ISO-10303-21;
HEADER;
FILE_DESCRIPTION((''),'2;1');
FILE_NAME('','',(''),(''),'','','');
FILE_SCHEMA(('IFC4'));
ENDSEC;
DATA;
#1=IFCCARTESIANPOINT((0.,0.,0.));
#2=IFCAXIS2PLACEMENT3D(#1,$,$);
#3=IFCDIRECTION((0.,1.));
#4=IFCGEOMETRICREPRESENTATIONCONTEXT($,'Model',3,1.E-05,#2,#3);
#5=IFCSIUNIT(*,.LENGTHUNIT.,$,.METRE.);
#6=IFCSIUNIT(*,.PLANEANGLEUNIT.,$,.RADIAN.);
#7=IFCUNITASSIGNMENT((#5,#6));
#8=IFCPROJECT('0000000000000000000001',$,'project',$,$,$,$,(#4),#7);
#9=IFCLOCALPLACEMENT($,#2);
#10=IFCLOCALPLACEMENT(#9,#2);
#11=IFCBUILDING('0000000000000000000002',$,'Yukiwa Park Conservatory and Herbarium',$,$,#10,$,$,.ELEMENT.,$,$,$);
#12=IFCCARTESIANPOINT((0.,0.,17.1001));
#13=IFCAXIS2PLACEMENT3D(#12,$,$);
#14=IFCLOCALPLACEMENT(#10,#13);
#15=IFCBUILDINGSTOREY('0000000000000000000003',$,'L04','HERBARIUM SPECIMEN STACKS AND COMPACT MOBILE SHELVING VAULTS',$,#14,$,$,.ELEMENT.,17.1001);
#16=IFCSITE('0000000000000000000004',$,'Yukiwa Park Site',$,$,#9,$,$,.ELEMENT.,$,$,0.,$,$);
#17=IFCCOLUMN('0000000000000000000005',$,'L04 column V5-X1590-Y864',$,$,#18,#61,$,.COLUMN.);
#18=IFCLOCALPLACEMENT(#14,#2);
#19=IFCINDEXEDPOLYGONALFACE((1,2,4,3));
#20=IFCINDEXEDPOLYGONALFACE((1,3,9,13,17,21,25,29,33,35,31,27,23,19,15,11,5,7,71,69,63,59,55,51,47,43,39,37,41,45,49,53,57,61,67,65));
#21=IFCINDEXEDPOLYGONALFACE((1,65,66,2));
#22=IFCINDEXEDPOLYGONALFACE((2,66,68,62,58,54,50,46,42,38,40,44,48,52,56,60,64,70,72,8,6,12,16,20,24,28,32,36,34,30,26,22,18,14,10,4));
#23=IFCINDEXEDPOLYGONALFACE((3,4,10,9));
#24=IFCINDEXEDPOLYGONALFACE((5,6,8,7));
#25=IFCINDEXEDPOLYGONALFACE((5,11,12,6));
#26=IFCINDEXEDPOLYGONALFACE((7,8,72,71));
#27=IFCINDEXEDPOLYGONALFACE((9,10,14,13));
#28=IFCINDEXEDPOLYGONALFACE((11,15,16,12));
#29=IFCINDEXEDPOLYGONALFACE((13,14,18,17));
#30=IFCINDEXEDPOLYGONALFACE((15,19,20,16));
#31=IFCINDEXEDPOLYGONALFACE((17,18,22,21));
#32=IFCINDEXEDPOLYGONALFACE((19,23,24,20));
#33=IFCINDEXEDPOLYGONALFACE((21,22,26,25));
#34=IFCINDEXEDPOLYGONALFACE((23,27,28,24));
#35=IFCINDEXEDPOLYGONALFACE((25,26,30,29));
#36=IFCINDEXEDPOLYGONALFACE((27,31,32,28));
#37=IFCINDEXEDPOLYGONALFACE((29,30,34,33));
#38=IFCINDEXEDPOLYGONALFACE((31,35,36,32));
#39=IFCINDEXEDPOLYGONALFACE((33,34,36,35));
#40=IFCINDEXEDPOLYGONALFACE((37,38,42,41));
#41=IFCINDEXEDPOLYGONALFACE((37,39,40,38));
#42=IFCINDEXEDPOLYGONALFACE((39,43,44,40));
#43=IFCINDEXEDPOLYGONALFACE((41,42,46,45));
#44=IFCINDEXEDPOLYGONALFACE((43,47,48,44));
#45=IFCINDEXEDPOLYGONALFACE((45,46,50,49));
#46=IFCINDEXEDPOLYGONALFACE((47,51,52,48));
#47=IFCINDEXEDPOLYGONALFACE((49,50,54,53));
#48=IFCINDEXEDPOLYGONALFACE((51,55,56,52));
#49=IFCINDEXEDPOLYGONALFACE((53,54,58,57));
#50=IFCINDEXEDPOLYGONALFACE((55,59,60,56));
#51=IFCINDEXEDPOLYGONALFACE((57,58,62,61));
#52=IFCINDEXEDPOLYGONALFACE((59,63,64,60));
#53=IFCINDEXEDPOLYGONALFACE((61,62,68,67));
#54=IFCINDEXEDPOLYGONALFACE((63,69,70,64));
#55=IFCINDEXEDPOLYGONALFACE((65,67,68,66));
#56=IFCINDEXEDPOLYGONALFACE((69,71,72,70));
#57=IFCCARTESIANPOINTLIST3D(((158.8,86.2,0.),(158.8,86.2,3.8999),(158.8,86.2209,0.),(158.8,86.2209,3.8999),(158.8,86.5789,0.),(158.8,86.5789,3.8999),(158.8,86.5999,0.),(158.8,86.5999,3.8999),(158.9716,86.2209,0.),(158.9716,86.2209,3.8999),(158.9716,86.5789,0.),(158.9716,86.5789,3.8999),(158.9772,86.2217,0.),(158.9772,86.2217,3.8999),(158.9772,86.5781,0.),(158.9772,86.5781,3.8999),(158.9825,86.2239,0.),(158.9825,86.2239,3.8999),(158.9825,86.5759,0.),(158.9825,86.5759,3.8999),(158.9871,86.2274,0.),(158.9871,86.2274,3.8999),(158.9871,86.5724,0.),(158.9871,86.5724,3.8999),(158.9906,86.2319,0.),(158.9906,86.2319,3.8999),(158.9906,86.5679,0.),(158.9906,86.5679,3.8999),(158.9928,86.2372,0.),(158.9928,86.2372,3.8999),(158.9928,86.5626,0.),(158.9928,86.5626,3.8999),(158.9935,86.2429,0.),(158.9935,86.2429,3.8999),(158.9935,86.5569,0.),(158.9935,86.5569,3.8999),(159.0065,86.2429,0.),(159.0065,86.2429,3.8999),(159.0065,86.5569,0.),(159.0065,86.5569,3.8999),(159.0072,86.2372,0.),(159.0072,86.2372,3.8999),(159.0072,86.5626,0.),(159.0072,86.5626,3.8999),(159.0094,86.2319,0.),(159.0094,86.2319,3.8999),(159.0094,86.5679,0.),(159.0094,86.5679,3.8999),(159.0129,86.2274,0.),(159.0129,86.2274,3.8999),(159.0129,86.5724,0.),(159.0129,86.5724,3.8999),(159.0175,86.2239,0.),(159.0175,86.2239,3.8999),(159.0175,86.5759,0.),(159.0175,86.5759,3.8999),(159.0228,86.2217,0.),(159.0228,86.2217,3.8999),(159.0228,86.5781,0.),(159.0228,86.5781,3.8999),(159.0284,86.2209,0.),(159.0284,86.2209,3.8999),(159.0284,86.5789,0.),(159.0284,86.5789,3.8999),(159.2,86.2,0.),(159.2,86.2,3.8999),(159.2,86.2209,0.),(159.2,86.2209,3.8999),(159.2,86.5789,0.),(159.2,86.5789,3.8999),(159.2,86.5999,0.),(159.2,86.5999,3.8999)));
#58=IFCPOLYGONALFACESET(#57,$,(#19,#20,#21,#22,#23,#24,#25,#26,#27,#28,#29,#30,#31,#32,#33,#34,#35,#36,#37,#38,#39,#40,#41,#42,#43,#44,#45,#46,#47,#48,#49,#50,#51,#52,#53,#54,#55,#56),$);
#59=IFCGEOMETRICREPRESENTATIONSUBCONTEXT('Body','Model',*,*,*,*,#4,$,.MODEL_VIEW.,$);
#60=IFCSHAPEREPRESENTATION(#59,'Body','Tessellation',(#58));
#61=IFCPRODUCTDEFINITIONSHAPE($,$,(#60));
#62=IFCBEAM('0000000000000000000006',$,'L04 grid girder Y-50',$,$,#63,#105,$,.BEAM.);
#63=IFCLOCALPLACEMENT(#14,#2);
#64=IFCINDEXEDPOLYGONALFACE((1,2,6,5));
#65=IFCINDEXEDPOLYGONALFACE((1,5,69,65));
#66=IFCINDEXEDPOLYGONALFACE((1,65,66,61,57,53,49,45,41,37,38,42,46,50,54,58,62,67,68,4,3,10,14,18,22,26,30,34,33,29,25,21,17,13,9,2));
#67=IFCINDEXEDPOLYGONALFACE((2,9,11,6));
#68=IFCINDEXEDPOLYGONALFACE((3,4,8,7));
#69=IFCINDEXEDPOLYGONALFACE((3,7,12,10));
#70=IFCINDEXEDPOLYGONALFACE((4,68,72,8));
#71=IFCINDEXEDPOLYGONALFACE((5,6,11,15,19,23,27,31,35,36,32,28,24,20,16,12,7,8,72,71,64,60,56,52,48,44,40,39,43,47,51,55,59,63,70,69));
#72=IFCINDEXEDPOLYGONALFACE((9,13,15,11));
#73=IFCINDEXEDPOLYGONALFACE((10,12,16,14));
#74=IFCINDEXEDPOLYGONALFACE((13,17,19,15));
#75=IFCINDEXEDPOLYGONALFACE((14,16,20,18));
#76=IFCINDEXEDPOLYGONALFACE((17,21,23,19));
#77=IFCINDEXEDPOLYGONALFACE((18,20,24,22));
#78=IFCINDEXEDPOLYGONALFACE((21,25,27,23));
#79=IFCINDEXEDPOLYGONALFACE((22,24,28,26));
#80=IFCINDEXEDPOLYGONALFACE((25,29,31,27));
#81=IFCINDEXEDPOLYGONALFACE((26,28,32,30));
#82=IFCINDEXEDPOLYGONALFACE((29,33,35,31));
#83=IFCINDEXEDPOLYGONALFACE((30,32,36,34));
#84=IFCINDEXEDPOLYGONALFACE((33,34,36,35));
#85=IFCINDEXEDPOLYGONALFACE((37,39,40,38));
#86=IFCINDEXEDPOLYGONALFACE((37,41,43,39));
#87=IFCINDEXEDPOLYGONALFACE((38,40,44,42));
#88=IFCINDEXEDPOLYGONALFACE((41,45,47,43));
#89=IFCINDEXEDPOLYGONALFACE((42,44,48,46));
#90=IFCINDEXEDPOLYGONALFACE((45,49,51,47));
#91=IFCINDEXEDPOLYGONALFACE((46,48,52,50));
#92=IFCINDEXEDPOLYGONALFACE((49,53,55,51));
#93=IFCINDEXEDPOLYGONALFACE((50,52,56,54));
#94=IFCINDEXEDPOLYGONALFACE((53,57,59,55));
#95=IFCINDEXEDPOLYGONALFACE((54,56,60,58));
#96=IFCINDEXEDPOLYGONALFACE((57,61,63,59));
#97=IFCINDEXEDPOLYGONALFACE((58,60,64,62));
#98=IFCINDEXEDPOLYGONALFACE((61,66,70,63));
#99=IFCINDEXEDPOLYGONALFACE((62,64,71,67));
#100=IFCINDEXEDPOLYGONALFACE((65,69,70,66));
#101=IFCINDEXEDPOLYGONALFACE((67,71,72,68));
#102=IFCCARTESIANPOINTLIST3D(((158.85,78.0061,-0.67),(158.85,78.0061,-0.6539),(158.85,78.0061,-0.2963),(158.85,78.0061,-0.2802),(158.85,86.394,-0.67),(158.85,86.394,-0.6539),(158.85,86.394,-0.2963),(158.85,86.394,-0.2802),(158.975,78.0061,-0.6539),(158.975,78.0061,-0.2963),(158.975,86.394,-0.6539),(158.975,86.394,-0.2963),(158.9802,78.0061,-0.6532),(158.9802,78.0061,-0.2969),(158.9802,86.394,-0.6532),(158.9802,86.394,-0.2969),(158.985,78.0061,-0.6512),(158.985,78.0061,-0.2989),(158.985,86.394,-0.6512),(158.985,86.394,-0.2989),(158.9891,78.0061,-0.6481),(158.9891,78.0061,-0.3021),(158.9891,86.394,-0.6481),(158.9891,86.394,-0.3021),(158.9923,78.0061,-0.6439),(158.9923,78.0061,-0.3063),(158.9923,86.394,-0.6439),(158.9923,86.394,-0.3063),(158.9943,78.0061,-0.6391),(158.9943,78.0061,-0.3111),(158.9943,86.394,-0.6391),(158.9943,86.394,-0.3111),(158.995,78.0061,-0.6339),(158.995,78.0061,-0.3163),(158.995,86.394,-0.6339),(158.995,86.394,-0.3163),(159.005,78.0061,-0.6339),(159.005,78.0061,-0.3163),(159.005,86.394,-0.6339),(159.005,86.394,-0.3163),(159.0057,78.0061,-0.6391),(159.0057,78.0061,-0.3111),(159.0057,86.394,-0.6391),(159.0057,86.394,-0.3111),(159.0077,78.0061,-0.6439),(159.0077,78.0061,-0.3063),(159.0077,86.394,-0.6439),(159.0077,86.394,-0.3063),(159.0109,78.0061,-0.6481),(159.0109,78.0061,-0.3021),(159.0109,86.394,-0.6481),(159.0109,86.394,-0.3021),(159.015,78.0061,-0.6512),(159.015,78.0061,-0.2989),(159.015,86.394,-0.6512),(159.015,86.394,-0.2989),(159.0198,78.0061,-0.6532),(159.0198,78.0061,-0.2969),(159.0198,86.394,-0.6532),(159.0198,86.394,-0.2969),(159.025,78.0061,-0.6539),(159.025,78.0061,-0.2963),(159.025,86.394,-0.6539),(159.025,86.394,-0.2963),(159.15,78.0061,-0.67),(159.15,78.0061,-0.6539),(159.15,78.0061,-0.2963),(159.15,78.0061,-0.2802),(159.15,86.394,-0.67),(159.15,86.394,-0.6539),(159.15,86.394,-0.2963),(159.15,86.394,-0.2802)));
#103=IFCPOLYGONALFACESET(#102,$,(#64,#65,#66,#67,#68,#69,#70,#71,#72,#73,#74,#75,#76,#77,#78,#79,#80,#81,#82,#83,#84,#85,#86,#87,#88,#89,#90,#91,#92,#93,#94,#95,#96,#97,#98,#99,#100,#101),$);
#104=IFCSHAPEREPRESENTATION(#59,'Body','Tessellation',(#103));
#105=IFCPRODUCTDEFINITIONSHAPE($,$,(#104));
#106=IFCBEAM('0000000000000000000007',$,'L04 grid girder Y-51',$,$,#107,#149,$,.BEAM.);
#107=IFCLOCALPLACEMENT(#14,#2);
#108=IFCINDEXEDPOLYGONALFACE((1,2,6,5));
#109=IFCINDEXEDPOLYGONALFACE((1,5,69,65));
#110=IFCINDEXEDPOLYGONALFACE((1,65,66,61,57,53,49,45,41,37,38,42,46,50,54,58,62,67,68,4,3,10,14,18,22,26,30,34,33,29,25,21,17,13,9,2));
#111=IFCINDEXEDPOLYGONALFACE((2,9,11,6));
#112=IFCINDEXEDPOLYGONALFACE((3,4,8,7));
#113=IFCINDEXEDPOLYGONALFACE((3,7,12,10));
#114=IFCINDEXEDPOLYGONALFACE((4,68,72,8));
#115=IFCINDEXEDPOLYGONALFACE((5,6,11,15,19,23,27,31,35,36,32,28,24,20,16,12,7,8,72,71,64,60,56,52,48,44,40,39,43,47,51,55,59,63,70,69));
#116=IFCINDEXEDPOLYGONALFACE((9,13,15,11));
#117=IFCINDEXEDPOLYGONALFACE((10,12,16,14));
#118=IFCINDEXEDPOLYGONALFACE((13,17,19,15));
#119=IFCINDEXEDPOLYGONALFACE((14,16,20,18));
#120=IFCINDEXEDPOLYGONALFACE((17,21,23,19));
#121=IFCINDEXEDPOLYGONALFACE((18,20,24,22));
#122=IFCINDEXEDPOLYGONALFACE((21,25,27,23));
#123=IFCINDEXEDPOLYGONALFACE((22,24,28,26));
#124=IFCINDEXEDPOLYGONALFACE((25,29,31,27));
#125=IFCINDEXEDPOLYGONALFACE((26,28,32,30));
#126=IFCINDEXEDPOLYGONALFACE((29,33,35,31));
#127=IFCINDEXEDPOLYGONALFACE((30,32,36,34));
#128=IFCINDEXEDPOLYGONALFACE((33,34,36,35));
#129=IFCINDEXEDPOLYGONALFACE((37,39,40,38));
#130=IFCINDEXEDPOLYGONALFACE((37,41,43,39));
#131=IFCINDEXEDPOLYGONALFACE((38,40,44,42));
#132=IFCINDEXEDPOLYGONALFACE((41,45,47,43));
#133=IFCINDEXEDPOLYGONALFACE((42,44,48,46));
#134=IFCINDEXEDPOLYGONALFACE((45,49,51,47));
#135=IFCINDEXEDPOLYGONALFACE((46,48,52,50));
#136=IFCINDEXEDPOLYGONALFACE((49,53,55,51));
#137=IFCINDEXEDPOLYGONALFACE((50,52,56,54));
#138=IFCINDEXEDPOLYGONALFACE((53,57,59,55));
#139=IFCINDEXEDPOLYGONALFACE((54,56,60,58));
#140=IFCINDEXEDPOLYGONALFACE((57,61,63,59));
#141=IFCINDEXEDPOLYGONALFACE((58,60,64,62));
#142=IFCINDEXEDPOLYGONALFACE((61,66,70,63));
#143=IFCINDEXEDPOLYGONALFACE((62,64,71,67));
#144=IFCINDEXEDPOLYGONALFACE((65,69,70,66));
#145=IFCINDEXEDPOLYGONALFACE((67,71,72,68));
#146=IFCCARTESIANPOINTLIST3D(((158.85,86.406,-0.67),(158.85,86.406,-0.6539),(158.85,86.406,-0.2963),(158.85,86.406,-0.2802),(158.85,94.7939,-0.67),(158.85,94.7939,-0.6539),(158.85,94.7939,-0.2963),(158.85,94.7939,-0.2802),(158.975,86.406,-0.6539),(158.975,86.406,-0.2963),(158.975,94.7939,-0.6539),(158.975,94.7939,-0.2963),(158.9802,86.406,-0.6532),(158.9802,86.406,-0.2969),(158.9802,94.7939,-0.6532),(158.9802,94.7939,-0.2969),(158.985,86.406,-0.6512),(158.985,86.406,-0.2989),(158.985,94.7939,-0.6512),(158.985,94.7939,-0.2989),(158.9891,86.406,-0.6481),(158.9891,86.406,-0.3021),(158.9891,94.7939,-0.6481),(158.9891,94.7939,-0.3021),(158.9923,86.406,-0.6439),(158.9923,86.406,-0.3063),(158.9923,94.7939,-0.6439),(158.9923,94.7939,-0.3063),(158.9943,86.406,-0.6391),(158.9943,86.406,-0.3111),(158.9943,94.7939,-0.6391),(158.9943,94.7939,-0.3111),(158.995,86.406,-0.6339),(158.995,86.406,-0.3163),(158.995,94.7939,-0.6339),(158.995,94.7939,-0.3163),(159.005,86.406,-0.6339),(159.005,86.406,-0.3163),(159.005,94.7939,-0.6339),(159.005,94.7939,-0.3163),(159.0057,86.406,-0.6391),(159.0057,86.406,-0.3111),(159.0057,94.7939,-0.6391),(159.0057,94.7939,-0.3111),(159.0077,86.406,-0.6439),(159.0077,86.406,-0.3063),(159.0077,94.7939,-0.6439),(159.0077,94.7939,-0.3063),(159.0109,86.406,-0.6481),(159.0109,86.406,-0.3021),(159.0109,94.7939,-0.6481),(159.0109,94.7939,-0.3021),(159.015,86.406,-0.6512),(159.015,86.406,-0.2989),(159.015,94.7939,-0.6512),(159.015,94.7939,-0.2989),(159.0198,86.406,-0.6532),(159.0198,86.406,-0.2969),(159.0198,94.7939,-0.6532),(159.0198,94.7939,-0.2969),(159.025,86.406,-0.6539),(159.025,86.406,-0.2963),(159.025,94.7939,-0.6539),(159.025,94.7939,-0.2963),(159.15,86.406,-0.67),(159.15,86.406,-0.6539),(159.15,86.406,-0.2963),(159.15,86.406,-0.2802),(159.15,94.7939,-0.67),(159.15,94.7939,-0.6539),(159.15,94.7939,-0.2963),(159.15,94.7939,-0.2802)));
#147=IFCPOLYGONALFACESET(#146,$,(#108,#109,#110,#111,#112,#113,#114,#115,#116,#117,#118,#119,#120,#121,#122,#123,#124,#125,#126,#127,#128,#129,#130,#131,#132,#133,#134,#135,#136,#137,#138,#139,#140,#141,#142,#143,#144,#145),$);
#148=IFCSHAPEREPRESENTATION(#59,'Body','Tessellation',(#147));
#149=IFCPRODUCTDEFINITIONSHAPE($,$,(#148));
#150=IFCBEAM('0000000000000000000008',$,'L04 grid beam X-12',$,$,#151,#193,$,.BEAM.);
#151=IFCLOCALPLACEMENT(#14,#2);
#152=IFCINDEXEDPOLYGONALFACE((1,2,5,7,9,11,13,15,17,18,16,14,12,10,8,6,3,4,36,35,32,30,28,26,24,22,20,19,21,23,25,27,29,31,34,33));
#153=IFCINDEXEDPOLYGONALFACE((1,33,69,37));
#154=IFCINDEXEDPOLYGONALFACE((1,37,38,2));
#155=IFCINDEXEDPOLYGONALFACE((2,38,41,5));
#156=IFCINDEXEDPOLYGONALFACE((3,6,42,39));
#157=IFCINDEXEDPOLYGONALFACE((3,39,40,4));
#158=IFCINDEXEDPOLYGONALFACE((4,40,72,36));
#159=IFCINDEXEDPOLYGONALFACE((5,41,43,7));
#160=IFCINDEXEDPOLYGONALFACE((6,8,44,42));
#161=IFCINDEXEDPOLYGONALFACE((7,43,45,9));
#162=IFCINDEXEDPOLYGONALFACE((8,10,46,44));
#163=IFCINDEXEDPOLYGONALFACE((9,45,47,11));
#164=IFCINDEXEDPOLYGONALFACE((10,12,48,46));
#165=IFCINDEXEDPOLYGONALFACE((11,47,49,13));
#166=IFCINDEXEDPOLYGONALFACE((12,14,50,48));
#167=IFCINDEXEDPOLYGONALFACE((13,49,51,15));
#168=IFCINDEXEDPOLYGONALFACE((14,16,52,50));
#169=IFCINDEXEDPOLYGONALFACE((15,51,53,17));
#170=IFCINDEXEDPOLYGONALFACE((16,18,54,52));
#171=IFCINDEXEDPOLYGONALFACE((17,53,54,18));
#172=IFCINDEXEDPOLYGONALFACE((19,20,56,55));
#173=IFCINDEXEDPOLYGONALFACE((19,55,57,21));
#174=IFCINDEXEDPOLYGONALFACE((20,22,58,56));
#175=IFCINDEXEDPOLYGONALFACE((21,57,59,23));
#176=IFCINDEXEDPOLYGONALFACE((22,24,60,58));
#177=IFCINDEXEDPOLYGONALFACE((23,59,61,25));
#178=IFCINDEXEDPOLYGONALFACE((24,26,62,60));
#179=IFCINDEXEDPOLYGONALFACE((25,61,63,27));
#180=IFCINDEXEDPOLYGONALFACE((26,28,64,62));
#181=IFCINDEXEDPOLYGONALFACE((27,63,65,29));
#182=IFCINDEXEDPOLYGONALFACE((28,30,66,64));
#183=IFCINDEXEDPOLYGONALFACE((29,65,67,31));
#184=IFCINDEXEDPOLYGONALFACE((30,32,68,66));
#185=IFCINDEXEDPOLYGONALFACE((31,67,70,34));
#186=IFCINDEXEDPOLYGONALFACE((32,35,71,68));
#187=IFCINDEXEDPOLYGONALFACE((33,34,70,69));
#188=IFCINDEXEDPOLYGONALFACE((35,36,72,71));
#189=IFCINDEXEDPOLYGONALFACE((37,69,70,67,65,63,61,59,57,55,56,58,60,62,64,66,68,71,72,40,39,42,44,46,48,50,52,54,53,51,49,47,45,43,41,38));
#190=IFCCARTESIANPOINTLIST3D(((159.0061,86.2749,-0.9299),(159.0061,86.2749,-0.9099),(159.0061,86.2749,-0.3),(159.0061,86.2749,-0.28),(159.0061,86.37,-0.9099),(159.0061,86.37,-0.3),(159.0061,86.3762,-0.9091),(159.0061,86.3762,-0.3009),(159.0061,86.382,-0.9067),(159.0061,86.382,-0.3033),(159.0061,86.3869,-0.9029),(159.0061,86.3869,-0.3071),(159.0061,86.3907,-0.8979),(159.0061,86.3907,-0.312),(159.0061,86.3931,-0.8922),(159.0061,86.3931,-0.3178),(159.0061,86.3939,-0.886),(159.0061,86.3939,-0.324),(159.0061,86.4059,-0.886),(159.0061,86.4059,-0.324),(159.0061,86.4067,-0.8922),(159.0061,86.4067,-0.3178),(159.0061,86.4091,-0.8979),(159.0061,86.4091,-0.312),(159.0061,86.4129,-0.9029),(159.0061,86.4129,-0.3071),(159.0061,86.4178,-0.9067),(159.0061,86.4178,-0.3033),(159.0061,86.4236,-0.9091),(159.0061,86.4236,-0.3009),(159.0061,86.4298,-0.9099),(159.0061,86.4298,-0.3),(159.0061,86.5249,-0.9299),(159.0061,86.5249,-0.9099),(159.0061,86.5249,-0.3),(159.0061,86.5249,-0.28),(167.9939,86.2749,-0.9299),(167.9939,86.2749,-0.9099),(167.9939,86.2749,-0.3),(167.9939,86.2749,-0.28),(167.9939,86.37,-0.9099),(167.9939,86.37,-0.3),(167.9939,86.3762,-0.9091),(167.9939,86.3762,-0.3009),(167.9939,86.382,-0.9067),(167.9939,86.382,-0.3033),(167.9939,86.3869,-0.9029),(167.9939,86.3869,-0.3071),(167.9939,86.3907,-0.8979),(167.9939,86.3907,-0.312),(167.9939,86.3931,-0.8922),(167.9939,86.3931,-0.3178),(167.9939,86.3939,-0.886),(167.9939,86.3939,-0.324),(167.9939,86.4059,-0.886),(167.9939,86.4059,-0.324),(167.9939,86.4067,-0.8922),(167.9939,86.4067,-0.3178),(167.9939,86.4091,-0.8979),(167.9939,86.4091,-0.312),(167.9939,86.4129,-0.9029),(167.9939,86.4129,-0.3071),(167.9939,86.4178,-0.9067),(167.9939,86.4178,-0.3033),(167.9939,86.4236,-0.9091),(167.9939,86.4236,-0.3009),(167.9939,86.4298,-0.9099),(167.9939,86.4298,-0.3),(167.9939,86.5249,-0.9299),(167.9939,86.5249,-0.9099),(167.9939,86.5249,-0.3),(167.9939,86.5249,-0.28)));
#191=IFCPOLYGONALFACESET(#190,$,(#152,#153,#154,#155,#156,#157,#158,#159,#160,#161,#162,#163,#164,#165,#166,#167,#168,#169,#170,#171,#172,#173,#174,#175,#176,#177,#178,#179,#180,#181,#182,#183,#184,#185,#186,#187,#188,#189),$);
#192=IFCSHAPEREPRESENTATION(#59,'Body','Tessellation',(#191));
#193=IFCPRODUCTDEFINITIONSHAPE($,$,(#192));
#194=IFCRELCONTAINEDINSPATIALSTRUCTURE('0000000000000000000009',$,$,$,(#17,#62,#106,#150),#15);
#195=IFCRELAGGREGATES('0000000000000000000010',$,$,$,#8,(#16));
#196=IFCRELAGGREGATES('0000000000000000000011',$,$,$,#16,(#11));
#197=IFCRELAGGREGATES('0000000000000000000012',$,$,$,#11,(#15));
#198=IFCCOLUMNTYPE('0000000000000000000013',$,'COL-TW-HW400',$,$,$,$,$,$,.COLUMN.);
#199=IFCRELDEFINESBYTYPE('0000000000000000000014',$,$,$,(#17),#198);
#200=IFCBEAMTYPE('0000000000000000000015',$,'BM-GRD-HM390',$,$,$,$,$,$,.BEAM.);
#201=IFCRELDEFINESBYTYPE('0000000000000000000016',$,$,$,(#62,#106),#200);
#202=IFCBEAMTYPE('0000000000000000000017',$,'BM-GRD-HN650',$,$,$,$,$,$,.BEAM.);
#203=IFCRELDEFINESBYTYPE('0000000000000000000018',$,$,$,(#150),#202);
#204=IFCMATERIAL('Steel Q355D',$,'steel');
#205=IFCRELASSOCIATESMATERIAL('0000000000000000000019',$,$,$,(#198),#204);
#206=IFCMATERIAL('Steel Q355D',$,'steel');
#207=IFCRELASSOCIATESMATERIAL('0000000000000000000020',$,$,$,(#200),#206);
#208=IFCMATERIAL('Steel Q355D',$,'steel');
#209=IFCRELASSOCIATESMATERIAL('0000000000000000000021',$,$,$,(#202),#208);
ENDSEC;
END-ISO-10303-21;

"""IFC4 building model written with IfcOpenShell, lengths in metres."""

from ifc_helpers import new_model, si_unit, direction, frame, origin, origin_2d, place, context, subcontext, project, spatial, i_section, extrude, material, material_profile, profile_set, type_object, element, save


model = new_model("IFC4")

# Units and contexts
model_context = context("Model", 3, precision=1e-05, world=origin(), true_north=direction((0.0, 1.0)))
body_context = subcontext(model_context, "Body", "Model", "MODEL_VIEW")
ifc_project = project(units=[si_unit("LENGTHUNIT", "METRE"), si_unit("PLANEANGLEUNIT", "RADIAN")], contexts=[model_context])

# Site, building, storey
site_placement = place(None, origin())
site = spatial("IfcSite", under=ifc_project, at=site_placement, Name="Yukiwa Park Site", CompositionType="ELEMENT", RefElevation=0.0)
building_placement = place(site_placement, origin())
building = spatial("IfcBuilding", under=site, at=building_placement, Name="Yukiwa Park Conservatory and Herbarium", CompositionType="ELEMENT")
storey_placement = place(building_placement, frame((0.0, 0.0, 17.1001)))
storey = spatial("IfcBuildingStorey", under=building, at=storey_placement, Name="L04", Description="HERBARIUM SPECIMEN STACKS AND COMPACT MOBILE SHELVING VAULTS", CompositionType="ELEMENT", Elevation=17.1001)

# Column
ifc_material_1 = material(Name="Steel Q355D", Category="steel")
ifc_material_profile_1 = material_profile(ifc_material_1, i_section(OverallWidth=0.3999, OverallDepth=0.3999, WebThickness=0.0129, FlangeThickness=0.021, FilletRadius=0.022, at=origin_2d()), Name="HW 400x400x13x21")
ifc_profile_set_1 = profile_set([ifc_material_profile_1], Name="Steel Q355D")
column_type_1 = type_object("IfcColumnType", Name="COL-TW-HW400", PredefinedType="COLUMN", material=ifc_profile_set_1)
column_placement = place(storey_placement, frame((159.0, 86.3999, 0.0), z_axis=(0.0, 0.0, 1.0), x_axis=(1.0, 0.0, 0.0)))
element("IfcColumn", 1, at=column_placement, inside=storey, type_object=column_type_1, Name="L04 column V5-X1590-Y864", PredefinedType="COLUMN", context=body_context, shape_type="SweptSolid", body=[
    extrude(i_section(OverallWidth=0.3999, OverallDepth=0.3999, WebThickness=0.0129, FlangeThickness=0.021, FilletRadius=0.022, at=origin_2d()), origin(), (0.0, 0.0, 1.0), 3.8999),
])

# Beams
ifc_material_2 = material(Name="Steel Q355D", Category="steel")
ifc_material_profile_2 = material_profile(ifc_material_2, i_section(OverallWidth=0.3, OverallDepth=0.3899, WebThickness=0.01, FlangeThickness=0.0161, FilletRadius=0.02, at=origin_2d()), Name="HM 390x300x10x16")
ifc_profile_set_2 = profile_set([ifc_material_profile_2], Name="Steel Q355D")
beam_type_1 = type_object("IfcBeamType", Name="BM-GRD-HM390", PredefinedType="BEAM", material=ifc_profile_set_2)
for number, where, z_axis, x_axis, name in (
    (2, (159.0, 78.0061, -0.4751), (0.0, 1.0, 0.0), (-1.0, 0.0, 0.0), "L04 grid girder Y-50"),
    (3, (159.0, 86.406, -0.4751), (0.0, 1.0, 0.0), (-1.0, 0.0, 0.0), "L04 grid girder Y-51"),
):
    element("IfcBeam", number, at=place(storey_placement, frame(where, z_axis=z_axis, x_axis=x_axis)), inside=storey, type_object=beam_type_1, Name=name, PredefinedType="BEAM", context=body_context, shape_type="SweptSolid", body=[
        extrude(i_section(OverallWidth=0.3, OverallDepth=0.3899, WebThickness=0.01, FlangeThickness=0.0161, FilletRadius=0.02, at=origin_2d()), origin(), (0.0, 0.0, 1.0), 8.3879),
    ])
ifc_material_3 = material(Name="Steel Q355D", Category="steel")
ifc_material_profile_3 = material_profile(ifc_material_3, i_section(OverallWidth=0.25, OverallDepth=0.6499, WebThickness=0.012, FlangeThickness=0.02, FilletRadius=0.0239, at=origin_2d()), Name="HN 650x250x12x20")
ifc_profile_set_3 = profile_set([ifc_material_profile_3], Name="Steel Q355D")
beam_type_2 = type_object("IfcBeamType", Name="BM-GRD-HN650", PredefinedType="BEAM", material=ifc_profile_set_3)
beam_1_placement = place(storey_placement, frame((159.0061, 86.3999, -0.605), z_axis=(1.0, 0.0, 0.0), x_axis=(0.0, 1.0, 0.0)))
element("IfcBeam", 4, at=beam_1_placement, inside=storey, type_object=beam_type_2, Name="L04 grid beam X-12", PredefinedType="BEAM", context=body_context, shape_type="SweptSolid", body=[
    extrude(i_section(OverallWidth=0.25, OverallDepth=0.6499, WebThickness=0.012, FlangeThickness=0.02, FilletRadius=0.0239, at=origin_2d()), origin(), (0.0, 0.0, 1.0), 8.9878),
])

save(model, "model.ifc")
